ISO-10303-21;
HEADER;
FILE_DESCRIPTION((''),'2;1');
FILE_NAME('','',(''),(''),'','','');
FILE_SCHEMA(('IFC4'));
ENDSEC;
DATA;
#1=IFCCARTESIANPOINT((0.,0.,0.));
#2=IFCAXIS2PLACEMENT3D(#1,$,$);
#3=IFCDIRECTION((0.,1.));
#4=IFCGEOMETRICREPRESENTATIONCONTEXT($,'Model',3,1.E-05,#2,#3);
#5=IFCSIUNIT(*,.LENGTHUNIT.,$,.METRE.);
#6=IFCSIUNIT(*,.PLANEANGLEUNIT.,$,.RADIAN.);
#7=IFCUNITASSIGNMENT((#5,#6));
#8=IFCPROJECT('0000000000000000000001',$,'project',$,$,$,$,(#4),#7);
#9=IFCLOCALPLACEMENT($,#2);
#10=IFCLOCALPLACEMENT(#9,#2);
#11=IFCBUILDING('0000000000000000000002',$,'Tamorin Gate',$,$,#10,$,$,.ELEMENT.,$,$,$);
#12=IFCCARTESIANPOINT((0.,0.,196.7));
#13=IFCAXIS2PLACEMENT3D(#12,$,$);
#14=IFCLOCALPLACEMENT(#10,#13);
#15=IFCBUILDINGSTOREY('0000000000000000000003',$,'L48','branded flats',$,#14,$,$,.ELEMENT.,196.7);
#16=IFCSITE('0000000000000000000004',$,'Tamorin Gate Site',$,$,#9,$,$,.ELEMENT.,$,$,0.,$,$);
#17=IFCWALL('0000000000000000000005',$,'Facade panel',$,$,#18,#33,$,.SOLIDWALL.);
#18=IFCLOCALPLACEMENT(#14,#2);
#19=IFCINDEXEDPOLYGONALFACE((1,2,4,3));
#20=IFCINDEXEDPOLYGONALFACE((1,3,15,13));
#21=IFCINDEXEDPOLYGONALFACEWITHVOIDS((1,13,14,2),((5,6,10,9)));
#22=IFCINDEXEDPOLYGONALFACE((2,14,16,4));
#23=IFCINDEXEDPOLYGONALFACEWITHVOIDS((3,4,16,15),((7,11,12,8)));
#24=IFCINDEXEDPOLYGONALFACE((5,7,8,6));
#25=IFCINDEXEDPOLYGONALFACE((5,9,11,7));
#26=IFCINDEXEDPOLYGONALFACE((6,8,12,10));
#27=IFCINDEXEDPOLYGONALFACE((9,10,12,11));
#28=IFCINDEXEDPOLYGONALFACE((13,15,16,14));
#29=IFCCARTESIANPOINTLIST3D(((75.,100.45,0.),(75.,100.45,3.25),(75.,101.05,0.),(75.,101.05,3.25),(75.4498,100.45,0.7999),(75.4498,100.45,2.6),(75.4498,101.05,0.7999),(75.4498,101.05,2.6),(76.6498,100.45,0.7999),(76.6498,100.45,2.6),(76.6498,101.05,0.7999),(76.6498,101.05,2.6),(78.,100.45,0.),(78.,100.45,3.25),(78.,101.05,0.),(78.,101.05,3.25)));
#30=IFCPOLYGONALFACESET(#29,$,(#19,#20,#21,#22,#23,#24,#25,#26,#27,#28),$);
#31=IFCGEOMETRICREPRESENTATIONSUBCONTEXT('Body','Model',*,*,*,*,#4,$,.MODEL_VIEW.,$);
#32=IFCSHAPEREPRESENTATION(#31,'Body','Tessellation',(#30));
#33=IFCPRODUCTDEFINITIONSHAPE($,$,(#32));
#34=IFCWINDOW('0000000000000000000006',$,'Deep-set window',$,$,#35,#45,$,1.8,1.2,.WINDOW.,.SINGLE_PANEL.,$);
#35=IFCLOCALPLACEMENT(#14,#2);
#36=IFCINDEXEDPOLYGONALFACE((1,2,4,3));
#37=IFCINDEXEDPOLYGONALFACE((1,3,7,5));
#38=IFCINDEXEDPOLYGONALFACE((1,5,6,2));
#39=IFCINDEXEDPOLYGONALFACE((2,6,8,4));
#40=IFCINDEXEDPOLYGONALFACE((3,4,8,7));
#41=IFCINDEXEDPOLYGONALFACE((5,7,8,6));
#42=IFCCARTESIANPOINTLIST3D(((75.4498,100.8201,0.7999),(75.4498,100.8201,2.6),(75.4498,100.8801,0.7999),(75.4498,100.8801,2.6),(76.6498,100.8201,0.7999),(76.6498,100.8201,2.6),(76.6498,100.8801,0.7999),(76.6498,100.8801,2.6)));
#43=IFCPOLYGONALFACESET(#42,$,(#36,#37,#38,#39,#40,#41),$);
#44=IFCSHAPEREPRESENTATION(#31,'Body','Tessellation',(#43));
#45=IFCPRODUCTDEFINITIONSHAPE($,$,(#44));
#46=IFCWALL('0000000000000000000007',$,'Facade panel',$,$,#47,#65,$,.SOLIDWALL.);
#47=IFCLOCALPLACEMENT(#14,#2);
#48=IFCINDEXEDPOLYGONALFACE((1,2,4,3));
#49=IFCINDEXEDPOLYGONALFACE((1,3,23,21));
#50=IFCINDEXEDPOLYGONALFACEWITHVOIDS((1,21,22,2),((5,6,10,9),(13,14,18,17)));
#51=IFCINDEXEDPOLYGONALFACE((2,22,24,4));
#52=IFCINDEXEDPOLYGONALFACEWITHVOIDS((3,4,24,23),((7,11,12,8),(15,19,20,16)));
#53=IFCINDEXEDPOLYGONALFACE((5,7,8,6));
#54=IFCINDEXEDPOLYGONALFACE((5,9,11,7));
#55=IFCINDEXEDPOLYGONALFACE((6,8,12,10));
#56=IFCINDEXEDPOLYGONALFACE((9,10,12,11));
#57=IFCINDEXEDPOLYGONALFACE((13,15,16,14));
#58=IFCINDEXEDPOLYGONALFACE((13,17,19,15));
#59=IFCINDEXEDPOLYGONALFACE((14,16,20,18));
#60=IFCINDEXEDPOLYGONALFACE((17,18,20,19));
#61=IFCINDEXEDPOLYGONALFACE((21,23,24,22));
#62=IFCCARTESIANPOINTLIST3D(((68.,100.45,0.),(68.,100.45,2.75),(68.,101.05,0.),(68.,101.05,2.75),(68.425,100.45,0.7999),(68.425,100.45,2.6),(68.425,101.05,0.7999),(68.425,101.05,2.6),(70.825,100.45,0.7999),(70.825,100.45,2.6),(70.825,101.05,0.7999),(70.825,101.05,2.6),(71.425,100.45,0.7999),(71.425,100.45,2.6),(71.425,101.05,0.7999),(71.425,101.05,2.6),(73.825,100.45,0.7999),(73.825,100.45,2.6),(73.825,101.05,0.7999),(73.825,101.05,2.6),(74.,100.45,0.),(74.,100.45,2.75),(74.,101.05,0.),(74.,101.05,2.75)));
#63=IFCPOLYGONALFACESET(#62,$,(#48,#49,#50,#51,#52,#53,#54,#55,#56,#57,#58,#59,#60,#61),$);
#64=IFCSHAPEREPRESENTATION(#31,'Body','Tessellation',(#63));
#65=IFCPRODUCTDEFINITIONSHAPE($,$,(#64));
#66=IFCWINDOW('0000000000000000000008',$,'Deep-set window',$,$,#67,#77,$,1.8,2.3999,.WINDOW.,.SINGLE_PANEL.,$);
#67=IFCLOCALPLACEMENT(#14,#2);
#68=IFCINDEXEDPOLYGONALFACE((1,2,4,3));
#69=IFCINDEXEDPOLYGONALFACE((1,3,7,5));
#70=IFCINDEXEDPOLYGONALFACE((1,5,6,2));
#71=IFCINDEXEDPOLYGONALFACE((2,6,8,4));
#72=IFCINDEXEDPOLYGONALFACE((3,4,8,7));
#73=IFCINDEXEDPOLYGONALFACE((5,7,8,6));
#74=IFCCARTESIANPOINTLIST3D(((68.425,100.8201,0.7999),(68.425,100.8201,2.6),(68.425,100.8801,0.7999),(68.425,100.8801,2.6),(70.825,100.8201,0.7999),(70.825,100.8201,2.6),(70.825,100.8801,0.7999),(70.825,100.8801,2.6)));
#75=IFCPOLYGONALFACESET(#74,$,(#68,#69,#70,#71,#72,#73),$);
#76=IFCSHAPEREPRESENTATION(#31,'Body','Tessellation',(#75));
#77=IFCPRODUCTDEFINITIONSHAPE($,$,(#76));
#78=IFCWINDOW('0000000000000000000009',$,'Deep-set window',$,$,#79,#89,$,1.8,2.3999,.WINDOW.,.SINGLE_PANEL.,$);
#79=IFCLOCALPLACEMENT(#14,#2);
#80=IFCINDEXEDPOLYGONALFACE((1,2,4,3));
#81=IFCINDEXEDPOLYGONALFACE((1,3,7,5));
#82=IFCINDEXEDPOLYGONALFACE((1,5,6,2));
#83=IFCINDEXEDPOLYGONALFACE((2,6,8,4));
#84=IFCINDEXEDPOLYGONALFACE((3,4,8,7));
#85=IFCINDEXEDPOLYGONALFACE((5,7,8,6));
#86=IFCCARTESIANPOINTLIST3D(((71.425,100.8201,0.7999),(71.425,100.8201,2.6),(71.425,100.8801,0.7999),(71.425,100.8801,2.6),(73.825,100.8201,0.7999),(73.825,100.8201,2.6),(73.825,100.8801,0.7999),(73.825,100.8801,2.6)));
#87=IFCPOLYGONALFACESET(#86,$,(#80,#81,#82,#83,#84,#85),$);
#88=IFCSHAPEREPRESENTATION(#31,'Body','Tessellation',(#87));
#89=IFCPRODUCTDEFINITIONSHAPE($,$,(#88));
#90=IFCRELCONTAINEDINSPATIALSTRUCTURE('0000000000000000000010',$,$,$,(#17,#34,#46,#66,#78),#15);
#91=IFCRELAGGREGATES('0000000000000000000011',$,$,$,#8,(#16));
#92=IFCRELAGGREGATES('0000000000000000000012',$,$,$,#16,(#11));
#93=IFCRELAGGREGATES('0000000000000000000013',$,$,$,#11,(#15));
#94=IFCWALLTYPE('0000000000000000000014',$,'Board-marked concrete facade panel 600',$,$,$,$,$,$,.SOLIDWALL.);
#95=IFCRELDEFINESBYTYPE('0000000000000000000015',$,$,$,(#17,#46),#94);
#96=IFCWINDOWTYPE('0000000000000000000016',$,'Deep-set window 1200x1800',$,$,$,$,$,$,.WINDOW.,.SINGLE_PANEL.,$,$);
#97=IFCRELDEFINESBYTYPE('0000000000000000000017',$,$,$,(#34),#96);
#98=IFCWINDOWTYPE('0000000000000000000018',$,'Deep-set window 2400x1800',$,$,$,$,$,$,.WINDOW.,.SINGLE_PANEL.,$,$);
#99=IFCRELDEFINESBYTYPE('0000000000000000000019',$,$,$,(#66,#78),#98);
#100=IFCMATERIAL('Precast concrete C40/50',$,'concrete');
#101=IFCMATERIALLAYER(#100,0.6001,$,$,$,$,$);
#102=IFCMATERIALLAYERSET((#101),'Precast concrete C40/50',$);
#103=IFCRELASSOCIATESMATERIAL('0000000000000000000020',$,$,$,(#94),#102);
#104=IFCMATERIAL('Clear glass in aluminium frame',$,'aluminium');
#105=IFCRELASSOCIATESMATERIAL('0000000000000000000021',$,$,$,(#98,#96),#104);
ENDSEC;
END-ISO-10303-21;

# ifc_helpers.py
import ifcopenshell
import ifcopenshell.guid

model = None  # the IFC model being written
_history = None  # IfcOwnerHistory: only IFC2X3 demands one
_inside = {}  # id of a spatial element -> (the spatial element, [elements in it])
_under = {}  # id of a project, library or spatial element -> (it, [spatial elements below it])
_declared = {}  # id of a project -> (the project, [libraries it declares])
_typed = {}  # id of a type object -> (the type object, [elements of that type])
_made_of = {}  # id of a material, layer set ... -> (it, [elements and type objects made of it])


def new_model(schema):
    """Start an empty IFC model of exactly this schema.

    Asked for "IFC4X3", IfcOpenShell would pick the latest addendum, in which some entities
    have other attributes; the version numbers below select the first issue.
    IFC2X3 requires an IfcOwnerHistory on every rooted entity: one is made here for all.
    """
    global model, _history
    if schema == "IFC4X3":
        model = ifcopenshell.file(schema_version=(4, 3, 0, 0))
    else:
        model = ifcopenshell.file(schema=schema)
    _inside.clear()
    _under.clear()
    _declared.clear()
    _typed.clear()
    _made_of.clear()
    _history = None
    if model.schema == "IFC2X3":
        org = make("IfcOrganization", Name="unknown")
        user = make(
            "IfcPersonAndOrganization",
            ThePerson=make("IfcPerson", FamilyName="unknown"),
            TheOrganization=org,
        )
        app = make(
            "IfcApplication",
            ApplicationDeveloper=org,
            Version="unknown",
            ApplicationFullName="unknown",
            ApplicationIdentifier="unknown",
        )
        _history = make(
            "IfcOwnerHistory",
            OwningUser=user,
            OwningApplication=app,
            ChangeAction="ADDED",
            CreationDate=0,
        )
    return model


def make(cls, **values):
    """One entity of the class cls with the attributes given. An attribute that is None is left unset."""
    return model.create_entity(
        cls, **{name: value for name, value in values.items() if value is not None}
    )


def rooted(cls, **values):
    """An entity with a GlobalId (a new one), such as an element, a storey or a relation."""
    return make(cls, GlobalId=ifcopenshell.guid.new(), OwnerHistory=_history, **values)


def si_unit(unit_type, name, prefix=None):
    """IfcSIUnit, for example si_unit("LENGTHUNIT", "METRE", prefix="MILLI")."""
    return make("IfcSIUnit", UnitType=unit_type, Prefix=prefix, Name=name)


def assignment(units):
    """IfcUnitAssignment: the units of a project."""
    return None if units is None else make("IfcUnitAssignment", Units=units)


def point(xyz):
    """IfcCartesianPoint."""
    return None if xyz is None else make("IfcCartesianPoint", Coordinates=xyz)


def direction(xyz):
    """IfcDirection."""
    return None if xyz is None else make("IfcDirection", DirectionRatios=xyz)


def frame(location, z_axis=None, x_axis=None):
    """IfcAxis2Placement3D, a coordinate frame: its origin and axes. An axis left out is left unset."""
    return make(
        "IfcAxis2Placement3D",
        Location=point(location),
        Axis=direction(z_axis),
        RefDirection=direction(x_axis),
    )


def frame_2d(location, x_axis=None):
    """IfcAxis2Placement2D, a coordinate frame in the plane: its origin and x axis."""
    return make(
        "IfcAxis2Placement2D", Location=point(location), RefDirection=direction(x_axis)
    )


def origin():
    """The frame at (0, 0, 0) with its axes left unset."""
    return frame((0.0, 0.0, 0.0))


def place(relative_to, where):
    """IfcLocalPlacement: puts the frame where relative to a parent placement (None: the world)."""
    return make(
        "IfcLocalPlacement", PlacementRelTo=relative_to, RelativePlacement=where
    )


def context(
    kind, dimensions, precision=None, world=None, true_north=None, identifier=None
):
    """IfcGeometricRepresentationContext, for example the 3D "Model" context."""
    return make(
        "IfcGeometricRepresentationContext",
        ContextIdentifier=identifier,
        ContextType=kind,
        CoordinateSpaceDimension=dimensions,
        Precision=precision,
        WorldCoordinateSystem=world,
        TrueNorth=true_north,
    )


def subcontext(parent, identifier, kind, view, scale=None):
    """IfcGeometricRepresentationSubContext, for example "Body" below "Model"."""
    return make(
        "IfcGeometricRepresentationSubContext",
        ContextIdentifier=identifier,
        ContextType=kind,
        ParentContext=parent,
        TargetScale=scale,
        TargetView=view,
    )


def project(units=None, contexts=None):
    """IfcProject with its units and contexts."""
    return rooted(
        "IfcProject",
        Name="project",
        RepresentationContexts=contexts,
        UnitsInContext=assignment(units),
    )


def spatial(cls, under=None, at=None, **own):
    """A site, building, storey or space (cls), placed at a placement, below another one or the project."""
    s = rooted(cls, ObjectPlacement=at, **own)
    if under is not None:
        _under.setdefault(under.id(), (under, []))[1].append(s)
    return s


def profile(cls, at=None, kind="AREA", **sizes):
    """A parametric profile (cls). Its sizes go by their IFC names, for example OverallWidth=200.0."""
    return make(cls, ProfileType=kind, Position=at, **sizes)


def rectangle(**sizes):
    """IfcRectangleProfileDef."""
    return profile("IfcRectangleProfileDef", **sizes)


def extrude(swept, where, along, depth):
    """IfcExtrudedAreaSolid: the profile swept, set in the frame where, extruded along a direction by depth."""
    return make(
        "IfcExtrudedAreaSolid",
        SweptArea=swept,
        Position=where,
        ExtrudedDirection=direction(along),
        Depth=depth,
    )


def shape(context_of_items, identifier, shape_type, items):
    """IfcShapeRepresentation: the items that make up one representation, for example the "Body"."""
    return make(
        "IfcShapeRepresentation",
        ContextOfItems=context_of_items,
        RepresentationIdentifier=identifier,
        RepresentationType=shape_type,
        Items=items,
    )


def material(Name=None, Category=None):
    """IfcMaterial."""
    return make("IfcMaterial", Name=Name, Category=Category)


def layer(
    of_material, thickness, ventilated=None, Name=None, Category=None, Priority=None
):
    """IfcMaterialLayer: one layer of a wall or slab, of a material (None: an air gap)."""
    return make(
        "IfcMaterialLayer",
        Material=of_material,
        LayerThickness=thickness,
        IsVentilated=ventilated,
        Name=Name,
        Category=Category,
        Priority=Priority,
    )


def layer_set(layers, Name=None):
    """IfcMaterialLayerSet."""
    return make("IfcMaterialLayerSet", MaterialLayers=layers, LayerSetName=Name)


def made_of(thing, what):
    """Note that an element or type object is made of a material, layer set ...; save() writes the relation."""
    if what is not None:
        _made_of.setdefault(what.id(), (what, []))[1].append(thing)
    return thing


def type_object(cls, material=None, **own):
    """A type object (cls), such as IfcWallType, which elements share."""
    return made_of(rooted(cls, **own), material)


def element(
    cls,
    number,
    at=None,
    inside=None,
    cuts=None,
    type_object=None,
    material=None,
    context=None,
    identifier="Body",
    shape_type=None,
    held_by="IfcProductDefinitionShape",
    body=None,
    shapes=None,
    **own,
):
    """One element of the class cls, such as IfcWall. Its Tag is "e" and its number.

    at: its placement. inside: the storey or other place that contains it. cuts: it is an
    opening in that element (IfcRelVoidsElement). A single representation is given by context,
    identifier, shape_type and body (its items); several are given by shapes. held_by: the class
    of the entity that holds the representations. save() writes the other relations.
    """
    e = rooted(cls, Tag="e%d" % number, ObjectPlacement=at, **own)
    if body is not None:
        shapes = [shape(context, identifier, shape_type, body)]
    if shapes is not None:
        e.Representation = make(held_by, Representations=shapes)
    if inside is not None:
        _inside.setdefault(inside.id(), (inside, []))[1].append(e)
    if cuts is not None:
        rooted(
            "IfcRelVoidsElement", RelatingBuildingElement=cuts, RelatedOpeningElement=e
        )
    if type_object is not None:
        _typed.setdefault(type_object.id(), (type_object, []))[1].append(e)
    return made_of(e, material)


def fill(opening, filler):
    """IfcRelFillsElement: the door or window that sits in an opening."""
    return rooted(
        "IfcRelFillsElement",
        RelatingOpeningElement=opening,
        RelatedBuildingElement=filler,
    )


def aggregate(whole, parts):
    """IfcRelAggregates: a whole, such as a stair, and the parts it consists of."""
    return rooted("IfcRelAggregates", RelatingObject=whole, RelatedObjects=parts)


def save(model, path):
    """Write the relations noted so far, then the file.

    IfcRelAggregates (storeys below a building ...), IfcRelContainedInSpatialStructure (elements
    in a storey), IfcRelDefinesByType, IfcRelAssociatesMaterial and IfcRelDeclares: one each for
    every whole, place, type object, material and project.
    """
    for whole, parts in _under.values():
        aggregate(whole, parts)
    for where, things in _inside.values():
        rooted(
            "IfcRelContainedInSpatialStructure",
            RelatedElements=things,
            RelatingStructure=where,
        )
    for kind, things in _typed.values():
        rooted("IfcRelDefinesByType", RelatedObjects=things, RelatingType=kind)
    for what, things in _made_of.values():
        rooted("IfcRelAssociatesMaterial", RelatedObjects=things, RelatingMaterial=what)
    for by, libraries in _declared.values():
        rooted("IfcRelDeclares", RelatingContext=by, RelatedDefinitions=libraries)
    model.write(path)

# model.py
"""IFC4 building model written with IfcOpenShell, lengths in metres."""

from ifc_helpers import new_model, si_unit, direction, frame, frame_2d, origin, place, context, subcontext, project, spatial, rectangle, extrude, material, layer, layer_set, type_object, element, fill, save


model = new_model("IFC4")

# Units and contexts
model_context = context("Model", 3, precision=1e-05, world=origin(), true_north=direction((0.0, 1.0)))
body_context = subcontext(model_context, "Body", "Model", "MODEL_VIEW")
ifc_project = project(units=[si_unit("LENGTHUNIT", "METRE"), si_unit("PLANEANGLEUNIT", "RADIAN")], contexts=[model_context])

# Site, building, storey
site_placement = place(None, origin())
site = spatial("IfcSite", under=ifc_project, at=site_placement, Name="Tamorin Gate Site", CompositionType="ELEMENT", RefElevation=0.0)
building_placement = place(site_placement, origin())
building = spatial("IfcBuilding", under=site, at=building_placement, Name="Tamorin Gate", CompositionType="ELEMENT")
storey_placement = place(building_placement, frame((0.0, 0.0, 196.7)))
storey = spatial("IfcBuildingStorey", under=building, at=storey_placement, Name="L48", Description="branded flats", CompositionType="ELEMENT", Elevation=196.7)

# Shared definitions
ifc_material_1 = material(Name="Precast concrete C40/50", Category="concrete")
ifc_layer = layer(ifc_material_1, 0.6001)
ifc_layer_set = layer_set([ifc_layer], Name="Precast concrete C40/50")
wall_type = type_object("IfcWallType", Name="Board-marked concrete facade panel 600", PredefinedType="SOLIDWALL", material=ifc_layer_set)
ifc_material_2 = material(Name="Clear glass in aluminium frame", Category="aluminium")
window_type_1 = type_object("IfcWindowType", Name="Deep-set window 2400x1800", PartitioningType="SINGLE_PANEL", PredefinedType="WINDOW", material=ifc_material_2)
window_type_2 = type_object("IfcWindowType", Name="Deep-set window 1200x1800", PartitioningType="SINGLE_PANEL", PredefinedType="WINDOW", material=ifc_material_2)

# Wall, opening, window
wall_1_placement = place(storey_placement, frame((78.0, 100.75, 0.0), z_axis=(0.0, 0.0, 1.0), x_axis=(-1.0, 0.0, 0.0)))
wall_1 = element("IfcWall", 1, at=wall_1_placement, inside=storey, type_object=wall_type, Name="Facade panel", PredefinedType="SOLIDWALL", context=body_context, shape_type="SweptSolid", body=[
    extrude(rectangle(XDim=3.0, YDim=0.6001, at=frame_2d((1.5, 0.0))), origin(), (0.0, 0.0, 1.0), 3.25),
])
opening_1_placement = place(wall_1_placement, frame((1.3501, 0.0, 0.8)))
opening_1 = element("IfcOpeningElement", 2, at=opening_1_placement, cuts=wall_1, PredefinedType="OPENING", context=body_context, shape_type="SweptSolid", body=[
    extrude(rectangle(XDim=1.2, YDim=1.8, at=frame_2d((0.6001, 0.8999))), frame((0.0, 0.3101, 0.0), z_axis=(0.0, -1.0, 0.0), x_axis=(1.0, 0.0, 0.0)), (0.0, 0.0, 1.0), 0.6201),
])
window_1_placement = place(opening_1_placement, origin())
window_1 = element("IfcWindow", 3, at=window_1_placement, inside=storey, type_object=window_type_2, Name="Deep-set window", OverallHeight=1.8, OverallWidth=1.2, PartitioningType="SINGLE_PANEL", PredefinedType="WINDOW", context=body_context, shape_type="SweptSolid", body=[
    extrude(rectangle(XDim=1.2, YDim=1.8, at=frame_2d((0.6001, 0.8999))), frame((0.0, -0.0701, 0.0), z_axis=(0.0, -1.0, 0.0), x_axis=(1.0, 0.0, 0.0)), (0.0, 0.0, 1.0), 0.0601),
])
fill(opening_1, window_1)

# Wall, openings, windows
wall_2_placement = place(storey_placement, frame((74.0, 100.75, 0.0), z_axis=(0.0, 0.0, 1.0), x_axis=(-1.0, 0.0, 0.0)))
wall_2 = element("IfcWall", 4, at=wall_2_placement, inside=storey, type_object=wall_type, Name="Facade panel", PredefinedType="SOLIDWALL", context=body_context, shape_type="SweptSolid", body=[
    extrude(rectangle(XDim=6.0, YDim=0.6001, at=frame_2d((3.0, 0.0))), origin(), (0.0, 0.0, 1.0), 2.75),
])
opening_2_placement = place(wall_2_placement, frame((3.175, 0.0, 0.8)))
opening_2 = element("IfcOpeningElement", 5, at=opening_2_placement, cuts=wall_2, PredefinedType="OPENING", context=body_context, shape_type="SweptSolid", body=[
    extrude(rectangle(XDim=2.3999, YDim=1.8, at=frame_2d((1.2, 0.8999))), frame((0.0, 0.3101, 0.0), z_axis=(0.0, -1.0, 0.0), x_axis=(1.0, 0.0, 0.0)), (0.0, 0.0, 1.0), 0.6201),
])
opening_3_placement = place(wall_2_placement, frame((0.175, 0.0, 0.8)))
opening_3 = element("IfcOpeningElement", 6, at=opening_3_placement, cuts=wall_2, PredefinedType="OPENING", context=body_context, shape_type="SweptSolid", body=[
    extrude(rectangle(XDim=2.3999, YDim=1.8, at=frame_2d((1.2, 0.8999))), frame((0.0, 0.3101, 0.0), z_axis=(0.0, -1.0, 0.0), x_axis=(1.0, 0.0, 0.0)), (0.0, 0.0, 1.0), 0.6201),
])
window_2_placement = place(opening_2_placement, origin())
window_2 = element("IfcWindow", 7, at=window_2_placement, inside=storey, type_object=window_type_1, Name="Deep-set window", OverallHeight=1.8, OverallWidth=2.3999, PartitioningType="SINGLE_PANEL", PredefinedType="WINDOW", context=body_context, shape_type="SweptSolid", body=[
    extrude(rectangle(XDim=2.3999, YDim=1.8, at=frame_2d((1.2, 0.8999))), frame((0.0, -0.0701, 0.0), z_axis=(0.0, -1.0, 0.0), x_axis=(1.0, 0.0, 0.0)), (0.0, 0.0, 1.0), 0.0601),
])
fill(opening_2, window_2)
window_3_placement = place(opening_3_placement, origin())
window_3 = element("IfcWindow", 8, at=window_3_placement, inside=storey, type_object=window_type_1, Name="Deep-set window", OverallHeight=1.8, OverallWidth=2.3999, PartitioningType="SINGLE_PANEL", PredefinedType="WINDOW", context=body_context, shape_type="SweptSolid", body=[
    extrude(rectangle(XDim=2.3999, YDim=1.8, at=frame_2d((1.2, 0.8999))), frame((0.0, -0.0701, 0.0), z_axis=(0.0, -1.0, 0.0), x_axis=(1.0, 0.0, 0.0)), (0.0, 0.0, 1.0), 0.0601),
])
fill(opening_3, window_3)

save(model, "model.ifc")
